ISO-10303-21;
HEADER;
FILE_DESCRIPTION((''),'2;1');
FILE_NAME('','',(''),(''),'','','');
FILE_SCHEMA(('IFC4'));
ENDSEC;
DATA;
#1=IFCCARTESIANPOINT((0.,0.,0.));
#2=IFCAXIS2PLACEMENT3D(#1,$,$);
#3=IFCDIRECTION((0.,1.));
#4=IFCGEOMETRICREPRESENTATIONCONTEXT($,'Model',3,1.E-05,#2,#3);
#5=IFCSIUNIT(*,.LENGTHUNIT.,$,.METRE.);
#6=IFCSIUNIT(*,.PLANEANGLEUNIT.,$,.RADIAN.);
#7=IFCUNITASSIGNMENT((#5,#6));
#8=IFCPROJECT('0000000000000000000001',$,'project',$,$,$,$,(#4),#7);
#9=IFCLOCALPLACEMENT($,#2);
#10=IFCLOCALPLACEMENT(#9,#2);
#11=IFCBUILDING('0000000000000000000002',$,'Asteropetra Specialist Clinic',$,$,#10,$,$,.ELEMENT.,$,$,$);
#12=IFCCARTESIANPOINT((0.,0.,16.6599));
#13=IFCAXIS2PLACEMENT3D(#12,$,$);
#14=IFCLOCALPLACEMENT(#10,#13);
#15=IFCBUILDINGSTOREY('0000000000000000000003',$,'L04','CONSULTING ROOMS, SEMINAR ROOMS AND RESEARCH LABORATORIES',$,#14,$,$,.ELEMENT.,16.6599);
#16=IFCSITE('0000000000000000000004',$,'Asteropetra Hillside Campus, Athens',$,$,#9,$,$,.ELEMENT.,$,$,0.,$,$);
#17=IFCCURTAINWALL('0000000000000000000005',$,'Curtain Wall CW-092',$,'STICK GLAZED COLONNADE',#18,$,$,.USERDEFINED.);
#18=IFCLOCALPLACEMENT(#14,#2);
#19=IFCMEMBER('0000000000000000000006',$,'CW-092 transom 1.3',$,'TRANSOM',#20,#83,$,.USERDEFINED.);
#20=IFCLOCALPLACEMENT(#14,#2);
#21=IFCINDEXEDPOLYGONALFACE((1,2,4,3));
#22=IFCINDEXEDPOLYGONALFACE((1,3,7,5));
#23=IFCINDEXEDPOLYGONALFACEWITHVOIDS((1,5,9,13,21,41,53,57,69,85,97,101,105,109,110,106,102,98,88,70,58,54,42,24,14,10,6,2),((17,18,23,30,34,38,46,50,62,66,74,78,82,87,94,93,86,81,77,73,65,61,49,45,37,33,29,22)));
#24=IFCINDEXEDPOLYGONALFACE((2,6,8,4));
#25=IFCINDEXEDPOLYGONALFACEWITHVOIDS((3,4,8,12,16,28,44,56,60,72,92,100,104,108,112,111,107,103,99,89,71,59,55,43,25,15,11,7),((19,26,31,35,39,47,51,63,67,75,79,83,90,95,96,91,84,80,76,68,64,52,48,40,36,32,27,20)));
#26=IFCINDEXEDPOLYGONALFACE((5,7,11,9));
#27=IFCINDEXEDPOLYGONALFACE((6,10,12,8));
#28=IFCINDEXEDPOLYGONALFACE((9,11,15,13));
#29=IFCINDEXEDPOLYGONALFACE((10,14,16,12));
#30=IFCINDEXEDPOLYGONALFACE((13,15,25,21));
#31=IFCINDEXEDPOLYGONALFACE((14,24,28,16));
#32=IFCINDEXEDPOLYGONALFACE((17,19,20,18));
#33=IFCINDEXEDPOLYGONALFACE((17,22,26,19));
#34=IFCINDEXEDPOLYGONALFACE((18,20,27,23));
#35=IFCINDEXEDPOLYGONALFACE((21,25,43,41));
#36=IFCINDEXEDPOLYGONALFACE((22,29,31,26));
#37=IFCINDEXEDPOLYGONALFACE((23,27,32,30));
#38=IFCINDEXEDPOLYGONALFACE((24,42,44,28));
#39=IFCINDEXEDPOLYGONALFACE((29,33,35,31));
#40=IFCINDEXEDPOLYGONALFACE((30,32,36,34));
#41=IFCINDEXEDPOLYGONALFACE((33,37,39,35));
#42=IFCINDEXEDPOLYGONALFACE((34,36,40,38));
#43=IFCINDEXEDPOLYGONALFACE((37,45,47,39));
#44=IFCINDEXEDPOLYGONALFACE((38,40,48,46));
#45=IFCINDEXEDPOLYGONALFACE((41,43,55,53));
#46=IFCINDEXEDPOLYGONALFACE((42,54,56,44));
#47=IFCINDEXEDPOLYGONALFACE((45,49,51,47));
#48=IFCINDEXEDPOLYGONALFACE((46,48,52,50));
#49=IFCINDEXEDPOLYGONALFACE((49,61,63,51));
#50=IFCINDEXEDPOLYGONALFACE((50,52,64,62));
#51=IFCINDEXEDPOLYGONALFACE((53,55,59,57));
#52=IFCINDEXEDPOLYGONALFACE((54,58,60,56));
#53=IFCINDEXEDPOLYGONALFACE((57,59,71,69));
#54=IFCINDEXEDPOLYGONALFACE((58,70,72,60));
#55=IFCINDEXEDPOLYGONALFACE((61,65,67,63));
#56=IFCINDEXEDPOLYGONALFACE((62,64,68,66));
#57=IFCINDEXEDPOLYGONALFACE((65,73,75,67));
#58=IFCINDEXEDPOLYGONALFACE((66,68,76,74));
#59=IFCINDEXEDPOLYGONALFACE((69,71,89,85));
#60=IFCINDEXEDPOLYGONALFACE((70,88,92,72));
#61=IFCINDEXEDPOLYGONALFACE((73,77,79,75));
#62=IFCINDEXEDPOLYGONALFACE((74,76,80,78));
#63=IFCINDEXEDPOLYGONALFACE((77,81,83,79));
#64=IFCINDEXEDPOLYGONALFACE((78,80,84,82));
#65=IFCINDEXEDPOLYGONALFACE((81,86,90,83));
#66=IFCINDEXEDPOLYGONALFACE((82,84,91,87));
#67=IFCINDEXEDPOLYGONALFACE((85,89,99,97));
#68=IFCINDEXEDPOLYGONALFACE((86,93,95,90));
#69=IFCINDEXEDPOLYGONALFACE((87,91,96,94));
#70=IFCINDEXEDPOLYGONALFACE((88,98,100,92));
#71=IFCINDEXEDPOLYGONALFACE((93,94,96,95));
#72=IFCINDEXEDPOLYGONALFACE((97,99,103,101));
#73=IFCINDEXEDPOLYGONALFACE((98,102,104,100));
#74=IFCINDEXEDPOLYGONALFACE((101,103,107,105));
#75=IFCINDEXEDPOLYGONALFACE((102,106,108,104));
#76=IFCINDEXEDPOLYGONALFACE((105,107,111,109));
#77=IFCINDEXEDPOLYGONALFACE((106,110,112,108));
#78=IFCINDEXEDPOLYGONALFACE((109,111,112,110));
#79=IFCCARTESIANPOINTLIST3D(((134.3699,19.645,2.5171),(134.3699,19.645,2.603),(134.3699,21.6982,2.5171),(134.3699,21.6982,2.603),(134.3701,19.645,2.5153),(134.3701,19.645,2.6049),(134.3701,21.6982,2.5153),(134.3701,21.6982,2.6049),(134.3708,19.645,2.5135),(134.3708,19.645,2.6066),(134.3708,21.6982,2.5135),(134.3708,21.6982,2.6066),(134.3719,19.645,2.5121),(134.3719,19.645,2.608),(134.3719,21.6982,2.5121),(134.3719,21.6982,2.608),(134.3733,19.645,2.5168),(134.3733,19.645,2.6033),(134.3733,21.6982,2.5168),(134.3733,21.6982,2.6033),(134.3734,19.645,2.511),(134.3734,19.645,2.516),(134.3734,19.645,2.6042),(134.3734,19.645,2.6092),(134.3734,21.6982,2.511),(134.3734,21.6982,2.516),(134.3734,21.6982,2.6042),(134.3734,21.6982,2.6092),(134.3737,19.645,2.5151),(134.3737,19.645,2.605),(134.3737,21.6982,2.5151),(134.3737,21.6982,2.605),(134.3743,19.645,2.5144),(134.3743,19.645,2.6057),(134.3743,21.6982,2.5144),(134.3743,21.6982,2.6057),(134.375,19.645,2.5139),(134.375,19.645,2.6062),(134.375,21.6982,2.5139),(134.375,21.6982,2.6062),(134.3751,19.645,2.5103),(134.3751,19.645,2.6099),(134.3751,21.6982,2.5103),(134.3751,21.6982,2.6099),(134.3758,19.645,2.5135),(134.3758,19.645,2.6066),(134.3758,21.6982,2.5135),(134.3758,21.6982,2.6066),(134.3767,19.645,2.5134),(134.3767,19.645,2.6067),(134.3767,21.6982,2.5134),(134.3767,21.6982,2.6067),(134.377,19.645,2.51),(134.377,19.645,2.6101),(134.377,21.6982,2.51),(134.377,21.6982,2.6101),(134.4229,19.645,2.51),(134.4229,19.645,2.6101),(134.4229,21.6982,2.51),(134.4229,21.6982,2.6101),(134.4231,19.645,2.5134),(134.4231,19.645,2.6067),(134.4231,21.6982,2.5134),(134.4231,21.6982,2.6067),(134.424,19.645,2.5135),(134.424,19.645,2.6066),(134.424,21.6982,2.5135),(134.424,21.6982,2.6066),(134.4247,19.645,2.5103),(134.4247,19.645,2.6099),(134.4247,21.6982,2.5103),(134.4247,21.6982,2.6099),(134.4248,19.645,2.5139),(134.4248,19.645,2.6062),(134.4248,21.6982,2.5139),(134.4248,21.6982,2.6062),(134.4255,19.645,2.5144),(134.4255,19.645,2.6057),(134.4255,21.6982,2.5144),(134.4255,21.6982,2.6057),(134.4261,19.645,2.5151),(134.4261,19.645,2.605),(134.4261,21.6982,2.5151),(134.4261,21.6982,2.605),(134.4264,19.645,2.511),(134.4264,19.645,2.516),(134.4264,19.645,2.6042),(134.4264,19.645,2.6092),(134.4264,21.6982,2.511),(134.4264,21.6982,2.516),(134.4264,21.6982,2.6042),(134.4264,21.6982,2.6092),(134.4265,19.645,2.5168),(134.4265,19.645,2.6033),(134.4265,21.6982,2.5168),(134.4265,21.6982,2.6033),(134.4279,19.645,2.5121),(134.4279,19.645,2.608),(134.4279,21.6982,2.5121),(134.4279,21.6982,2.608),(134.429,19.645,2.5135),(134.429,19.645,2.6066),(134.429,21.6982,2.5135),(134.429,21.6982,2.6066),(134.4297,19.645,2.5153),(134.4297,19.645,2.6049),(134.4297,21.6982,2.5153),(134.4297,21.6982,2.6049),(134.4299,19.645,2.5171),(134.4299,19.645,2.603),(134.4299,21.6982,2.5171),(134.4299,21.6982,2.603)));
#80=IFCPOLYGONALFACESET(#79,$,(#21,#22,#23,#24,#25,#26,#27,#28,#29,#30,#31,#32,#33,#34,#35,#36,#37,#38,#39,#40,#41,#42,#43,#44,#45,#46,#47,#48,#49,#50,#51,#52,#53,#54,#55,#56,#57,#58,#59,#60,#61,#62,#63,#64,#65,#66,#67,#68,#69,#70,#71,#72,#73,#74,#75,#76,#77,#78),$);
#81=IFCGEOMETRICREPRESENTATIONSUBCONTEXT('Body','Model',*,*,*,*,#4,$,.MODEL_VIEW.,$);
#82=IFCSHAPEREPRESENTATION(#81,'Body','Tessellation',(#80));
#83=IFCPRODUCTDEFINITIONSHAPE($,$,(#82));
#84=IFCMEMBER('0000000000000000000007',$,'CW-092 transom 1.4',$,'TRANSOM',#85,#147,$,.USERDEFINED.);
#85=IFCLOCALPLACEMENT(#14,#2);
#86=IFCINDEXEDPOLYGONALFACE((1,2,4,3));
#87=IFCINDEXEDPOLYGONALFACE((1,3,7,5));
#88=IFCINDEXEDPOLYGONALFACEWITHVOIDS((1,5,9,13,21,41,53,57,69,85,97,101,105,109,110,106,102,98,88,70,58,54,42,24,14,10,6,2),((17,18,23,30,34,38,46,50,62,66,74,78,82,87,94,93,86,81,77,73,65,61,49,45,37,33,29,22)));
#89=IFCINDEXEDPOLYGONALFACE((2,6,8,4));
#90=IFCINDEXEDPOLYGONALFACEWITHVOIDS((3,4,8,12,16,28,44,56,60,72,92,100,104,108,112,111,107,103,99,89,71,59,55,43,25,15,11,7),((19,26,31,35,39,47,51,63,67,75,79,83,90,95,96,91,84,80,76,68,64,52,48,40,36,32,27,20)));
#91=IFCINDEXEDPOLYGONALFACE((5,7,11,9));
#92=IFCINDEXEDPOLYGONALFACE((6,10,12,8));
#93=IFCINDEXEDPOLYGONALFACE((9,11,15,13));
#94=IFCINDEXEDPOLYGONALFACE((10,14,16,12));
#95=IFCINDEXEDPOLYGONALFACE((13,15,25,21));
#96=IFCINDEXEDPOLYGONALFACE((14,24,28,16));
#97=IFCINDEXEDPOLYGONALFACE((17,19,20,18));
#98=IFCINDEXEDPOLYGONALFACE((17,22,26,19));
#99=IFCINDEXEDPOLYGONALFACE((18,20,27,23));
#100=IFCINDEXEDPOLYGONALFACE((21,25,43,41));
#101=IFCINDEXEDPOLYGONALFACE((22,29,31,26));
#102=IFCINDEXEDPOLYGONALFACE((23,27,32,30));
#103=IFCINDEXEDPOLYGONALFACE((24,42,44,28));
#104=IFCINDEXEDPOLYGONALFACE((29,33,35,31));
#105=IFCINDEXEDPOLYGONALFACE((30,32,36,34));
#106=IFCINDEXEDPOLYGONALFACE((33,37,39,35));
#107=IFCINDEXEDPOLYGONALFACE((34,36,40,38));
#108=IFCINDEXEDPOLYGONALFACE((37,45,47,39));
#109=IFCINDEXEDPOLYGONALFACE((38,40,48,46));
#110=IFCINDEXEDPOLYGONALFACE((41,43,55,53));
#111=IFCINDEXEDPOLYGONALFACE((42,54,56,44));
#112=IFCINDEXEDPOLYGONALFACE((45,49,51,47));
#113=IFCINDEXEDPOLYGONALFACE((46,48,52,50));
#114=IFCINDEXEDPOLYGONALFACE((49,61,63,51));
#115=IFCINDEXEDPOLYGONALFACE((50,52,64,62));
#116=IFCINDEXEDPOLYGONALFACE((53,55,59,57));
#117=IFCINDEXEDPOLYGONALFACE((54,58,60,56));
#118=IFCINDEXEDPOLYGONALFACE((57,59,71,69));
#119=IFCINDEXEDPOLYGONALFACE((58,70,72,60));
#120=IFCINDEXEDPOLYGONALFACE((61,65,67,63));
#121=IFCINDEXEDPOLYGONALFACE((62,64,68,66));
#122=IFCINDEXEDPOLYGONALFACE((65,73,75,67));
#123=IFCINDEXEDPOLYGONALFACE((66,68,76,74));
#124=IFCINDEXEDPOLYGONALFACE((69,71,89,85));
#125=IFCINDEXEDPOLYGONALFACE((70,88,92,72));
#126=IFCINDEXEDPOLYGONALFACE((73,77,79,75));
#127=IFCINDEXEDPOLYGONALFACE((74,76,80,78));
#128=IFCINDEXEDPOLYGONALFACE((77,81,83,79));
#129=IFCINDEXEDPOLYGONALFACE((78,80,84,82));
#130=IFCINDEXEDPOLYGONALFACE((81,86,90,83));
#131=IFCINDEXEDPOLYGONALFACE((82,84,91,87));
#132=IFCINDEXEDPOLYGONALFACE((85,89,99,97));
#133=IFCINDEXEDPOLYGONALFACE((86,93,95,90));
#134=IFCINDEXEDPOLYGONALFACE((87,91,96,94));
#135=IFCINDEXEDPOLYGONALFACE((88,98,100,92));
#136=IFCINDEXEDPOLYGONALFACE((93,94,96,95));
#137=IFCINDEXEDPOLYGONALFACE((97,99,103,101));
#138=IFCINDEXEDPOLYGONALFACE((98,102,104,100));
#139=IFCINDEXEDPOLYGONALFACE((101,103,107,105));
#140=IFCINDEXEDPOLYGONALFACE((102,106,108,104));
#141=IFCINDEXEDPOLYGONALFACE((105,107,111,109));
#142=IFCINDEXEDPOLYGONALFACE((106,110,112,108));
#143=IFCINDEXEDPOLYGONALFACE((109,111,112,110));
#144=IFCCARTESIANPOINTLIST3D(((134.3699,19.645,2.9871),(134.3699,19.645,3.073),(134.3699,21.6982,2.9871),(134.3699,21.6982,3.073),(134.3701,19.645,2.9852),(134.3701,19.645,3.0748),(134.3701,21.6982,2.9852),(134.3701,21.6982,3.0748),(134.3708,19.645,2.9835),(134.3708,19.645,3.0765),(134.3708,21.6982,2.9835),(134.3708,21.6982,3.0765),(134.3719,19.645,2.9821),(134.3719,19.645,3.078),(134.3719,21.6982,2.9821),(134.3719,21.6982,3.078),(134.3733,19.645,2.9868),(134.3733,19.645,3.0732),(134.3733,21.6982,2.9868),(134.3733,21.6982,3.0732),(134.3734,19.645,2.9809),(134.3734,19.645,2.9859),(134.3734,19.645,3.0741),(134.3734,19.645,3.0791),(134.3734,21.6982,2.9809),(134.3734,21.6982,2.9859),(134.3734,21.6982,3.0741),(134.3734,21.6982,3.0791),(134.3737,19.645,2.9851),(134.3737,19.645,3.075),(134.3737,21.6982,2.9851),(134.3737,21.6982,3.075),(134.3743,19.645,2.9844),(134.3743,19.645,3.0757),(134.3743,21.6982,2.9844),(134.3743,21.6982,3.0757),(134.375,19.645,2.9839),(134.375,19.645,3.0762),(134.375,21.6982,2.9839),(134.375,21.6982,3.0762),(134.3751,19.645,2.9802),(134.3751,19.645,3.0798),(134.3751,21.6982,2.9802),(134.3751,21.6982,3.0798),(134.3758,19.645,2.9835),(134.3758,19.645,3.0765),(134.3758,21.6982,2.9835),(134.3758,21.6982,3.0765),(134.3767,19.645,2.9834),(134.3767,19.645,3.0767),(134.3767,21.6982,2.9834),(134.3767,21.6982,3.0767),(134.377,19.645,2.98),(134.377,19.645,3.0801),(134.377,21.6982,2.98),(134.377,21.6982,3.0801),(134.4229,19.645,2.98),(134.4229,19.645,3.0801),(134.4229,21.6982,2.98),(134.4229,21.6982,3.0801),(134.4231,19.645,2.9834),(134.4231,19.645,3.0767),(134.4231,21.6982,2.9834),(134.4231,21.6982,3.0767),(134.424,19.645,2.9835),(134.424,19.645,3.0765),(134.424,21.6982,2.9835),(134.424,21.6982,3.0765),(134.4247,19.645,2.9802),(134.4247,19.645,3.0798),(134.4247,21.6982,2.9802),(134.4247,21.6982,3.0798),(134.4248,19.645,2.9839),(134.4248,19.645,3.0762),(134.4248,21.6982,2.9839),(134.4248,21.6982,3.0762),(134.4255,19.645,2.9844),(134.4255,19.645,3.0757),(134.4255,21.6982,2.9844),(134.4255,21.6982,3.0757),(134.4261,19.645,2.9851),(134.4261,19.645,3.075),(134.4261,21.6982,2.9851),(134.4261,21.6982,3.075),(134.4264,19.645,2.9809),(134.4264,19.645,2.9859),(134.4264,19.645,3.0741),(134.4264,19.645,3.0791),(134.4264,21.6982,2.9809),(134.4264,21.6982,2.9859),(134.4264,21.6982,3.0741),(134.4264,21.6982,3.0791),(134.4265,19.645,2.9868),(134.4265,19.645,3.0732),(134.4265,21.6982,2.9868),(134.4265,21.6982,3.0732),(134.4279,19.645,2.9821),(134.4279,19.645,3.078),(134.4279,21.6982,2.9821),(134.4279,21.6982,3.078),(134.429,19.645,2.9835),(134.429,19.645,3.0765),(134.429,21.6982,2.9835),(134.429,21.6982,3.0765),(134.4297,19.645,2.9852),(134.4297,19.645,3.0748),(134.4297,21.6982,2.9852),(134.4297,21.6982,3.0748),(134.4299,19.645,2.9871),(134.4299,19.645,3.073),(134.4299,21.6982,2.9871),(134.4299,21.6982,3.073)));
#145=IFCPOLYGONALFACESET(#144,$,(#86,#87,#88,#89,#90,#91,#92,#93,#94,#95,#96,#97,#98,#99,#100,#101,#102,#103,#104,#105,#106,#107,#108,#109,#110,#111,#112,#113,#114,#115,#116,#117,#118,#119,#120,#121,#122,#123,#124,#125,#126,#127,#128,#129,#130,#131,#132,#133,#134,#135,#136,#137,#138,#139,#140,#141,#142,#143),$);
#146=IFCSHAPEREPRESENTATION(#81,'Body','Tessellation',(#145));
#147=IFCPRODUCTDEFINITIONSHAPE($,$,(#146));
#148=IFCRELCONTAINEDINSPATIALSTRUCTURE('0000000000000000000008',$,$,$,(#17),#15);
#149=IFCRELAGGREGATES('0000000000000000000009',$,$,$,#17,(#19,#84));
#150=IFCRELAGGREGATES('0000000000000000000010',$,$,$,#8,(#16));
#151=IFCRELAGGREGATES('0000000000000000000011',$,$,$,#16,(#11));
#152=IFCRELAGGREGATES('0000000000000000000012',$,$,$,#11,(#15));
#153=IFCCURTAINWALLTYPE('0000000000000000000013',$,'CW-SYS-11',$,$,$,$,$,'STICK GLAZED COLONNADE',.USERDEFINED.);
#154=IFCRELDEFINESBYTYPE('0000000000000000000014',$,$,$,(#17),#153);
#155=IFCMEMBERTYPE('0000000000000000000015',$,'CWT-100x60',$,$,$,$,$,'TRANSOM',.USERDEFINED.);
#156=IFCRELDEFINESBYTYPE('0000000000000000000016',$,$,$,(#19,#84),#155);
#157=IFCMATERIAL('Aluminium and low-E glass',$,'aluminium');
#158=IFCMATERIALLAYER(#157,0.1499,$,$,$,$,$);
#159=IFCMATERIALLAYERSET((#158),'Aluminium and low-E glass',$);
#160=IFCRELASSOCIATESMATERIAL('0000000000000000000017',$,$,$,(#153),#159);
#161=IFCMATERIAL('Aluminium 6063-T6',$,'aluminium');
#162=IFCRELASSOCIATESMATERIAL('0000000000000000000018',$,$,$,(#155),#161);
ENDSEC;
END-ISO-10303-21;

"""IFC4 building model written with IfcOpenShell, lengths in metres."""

from ifc_helpers import new_model, si_unit, direction, frame, origin, origin_2d, place, context, subcontext, project, spatial, hollow_rectangle, extrude, material, layer, layer_set, material_profile, profile_set, type_object, element, aggregate, save


model = new_model("IFC4")

# Units and contexts
model_context = context("Model", 3, precision=1e-05, world=origin(), true_north=direction((0.0, 1.0)))
body_context = subcontext(model_context, "Body", "Model", "MODEL_VIEW")
ifc_project = project(units=[si_unit("LENGTHUNIT", "METRE"), si_unit("PLANEANGLEUNIT", "RADIAN")], contexts=[model_context])

# Site, building, storey
site_placement = place(None, origin())
site = spatial("IfcSite", under=ifc_project, at=site_placement, Name="Asteropetra Hillside Campus, Athens", CompositionType="ELEMENT", RefElevation=0.0)
building_placement = place(site_placement, origin())
building = spatial("IfcBuilding", under=site, at=building_placement, Name="Asteropetra Specialist Clinic", CompositionType="ELEMENT")
storey_placement = place(building_placement, frame((0.0, 0.0, 16.6599)))
storey = spatial("IfcBuildingStorey", under=building, at=storey_placement, Name="L04", Description="CONSULTING ROOMS, SEMINAR ROOMS AND RESEARCH LABORATORIES", CompositionType="ELEMENT", Elevation=16.6599)

# Curtain wall, members
ifc_material_1 = material(Name="Aluminium and low-E glass", Category="aluminium")
ifc_layer_1 = layer(ifc_material_1, 0.1499)
ifc_layer_set_1 = layer_set([ifc_layer_1], Name="Aluminium and low-E glass")
curtain_wall_type_1 = type_object("IfcCurtainWallType", Name="CW-SYS-11", ElementType="STICK GLAZED COLONNADE", PredefinedType="USERDEFINED", material=ifc_layer_set_1)
curtain_wall_1_placement = place(storey_placement, origin())
curtain_wall_1 = element("IfcCurtainWall", 1, at=curtain_wall_1_placement, inside=storey, type_object=curtain_wall_type_1, Name="Curtain Wall CW-092", ObjectType="STICK GLAZED COLONNADE", PredefinedType="USERDEFINED")
ifc_material_2 = material(Name="Aluminium 6063-T6", Category="aluminium")
ifc_material_profile_1 = material_profile(ifc_material_2, hollow_rectangle(XDim=0.0601, YDim=0.1001, WallThickness=0.0034, InnerFilletRadius=0.0034, OuterFilletRadius=0.0071, at=origin_2d()), Name="TRN 100x60x3.5")
ifc_profile_set_1 = profile_set([ifc_material_profile_1], Name="Aluminium 6063-T6")
member_type_1 = type_object("IfcMemberType", Name="CWT-100x60", ElementType="TRANSOM", PredefinedType="USERDEFINED", material=ifc_profile_set_1)
member_1_placement = place(storey_placement, frame((134.3999, 19.645, 2.5601), z_axis=(0.0, 1.0, 0.0), x_axis=(-1.0, 0.0, 0.0)))
member_1 = element("IfcMember", 2, at=member_1_placement, type_object=member_type_1, Name="CW-092 transom 1.3", ObjectType="TRANSOM", PredefinedType="USERDEFINED", context=body_context, shape_type="SweptSolid", body=[
    extrude(hollow_rectangle(XDim=0.0601, YDim=0.1001, WallThickness=0.0034, InnerFilletRadius=0.0034, OuterFilletRadius=0.0071, at=origin_2d()), origin(), (0.0, 0.0, 1.0), 2.0532),
])
member_2_placement = place(storey_placement, frame((134.3999, 19.645, 3.03), z_axis=(0.0, 1.0, 0.0), x_axis=(-1.0, 0.0, 0.0)))
member_2 = element("IfcMember", 3, at=member_2_placement, type_object=member_type_1, Name="CW-092 transom 1.4", ObjectType="TRANSOM", PredefinedType="USERDEFINED", context=body_context, shape_type="SweptSolid", body=[
    extrude(hollow_rectangle(XDim=0.0601, YDim=0.1001, WallThickness=0.0034, InnerFilletRadius=0.0034, OuterFilletRadius=0.0071, at=origin_2d()), origin(), (0.0, 0.0, 1.0), 2.0532),
])

aggregate(curtain_wall_1, [member_1, member_2])

save(model, "model.ifc")
